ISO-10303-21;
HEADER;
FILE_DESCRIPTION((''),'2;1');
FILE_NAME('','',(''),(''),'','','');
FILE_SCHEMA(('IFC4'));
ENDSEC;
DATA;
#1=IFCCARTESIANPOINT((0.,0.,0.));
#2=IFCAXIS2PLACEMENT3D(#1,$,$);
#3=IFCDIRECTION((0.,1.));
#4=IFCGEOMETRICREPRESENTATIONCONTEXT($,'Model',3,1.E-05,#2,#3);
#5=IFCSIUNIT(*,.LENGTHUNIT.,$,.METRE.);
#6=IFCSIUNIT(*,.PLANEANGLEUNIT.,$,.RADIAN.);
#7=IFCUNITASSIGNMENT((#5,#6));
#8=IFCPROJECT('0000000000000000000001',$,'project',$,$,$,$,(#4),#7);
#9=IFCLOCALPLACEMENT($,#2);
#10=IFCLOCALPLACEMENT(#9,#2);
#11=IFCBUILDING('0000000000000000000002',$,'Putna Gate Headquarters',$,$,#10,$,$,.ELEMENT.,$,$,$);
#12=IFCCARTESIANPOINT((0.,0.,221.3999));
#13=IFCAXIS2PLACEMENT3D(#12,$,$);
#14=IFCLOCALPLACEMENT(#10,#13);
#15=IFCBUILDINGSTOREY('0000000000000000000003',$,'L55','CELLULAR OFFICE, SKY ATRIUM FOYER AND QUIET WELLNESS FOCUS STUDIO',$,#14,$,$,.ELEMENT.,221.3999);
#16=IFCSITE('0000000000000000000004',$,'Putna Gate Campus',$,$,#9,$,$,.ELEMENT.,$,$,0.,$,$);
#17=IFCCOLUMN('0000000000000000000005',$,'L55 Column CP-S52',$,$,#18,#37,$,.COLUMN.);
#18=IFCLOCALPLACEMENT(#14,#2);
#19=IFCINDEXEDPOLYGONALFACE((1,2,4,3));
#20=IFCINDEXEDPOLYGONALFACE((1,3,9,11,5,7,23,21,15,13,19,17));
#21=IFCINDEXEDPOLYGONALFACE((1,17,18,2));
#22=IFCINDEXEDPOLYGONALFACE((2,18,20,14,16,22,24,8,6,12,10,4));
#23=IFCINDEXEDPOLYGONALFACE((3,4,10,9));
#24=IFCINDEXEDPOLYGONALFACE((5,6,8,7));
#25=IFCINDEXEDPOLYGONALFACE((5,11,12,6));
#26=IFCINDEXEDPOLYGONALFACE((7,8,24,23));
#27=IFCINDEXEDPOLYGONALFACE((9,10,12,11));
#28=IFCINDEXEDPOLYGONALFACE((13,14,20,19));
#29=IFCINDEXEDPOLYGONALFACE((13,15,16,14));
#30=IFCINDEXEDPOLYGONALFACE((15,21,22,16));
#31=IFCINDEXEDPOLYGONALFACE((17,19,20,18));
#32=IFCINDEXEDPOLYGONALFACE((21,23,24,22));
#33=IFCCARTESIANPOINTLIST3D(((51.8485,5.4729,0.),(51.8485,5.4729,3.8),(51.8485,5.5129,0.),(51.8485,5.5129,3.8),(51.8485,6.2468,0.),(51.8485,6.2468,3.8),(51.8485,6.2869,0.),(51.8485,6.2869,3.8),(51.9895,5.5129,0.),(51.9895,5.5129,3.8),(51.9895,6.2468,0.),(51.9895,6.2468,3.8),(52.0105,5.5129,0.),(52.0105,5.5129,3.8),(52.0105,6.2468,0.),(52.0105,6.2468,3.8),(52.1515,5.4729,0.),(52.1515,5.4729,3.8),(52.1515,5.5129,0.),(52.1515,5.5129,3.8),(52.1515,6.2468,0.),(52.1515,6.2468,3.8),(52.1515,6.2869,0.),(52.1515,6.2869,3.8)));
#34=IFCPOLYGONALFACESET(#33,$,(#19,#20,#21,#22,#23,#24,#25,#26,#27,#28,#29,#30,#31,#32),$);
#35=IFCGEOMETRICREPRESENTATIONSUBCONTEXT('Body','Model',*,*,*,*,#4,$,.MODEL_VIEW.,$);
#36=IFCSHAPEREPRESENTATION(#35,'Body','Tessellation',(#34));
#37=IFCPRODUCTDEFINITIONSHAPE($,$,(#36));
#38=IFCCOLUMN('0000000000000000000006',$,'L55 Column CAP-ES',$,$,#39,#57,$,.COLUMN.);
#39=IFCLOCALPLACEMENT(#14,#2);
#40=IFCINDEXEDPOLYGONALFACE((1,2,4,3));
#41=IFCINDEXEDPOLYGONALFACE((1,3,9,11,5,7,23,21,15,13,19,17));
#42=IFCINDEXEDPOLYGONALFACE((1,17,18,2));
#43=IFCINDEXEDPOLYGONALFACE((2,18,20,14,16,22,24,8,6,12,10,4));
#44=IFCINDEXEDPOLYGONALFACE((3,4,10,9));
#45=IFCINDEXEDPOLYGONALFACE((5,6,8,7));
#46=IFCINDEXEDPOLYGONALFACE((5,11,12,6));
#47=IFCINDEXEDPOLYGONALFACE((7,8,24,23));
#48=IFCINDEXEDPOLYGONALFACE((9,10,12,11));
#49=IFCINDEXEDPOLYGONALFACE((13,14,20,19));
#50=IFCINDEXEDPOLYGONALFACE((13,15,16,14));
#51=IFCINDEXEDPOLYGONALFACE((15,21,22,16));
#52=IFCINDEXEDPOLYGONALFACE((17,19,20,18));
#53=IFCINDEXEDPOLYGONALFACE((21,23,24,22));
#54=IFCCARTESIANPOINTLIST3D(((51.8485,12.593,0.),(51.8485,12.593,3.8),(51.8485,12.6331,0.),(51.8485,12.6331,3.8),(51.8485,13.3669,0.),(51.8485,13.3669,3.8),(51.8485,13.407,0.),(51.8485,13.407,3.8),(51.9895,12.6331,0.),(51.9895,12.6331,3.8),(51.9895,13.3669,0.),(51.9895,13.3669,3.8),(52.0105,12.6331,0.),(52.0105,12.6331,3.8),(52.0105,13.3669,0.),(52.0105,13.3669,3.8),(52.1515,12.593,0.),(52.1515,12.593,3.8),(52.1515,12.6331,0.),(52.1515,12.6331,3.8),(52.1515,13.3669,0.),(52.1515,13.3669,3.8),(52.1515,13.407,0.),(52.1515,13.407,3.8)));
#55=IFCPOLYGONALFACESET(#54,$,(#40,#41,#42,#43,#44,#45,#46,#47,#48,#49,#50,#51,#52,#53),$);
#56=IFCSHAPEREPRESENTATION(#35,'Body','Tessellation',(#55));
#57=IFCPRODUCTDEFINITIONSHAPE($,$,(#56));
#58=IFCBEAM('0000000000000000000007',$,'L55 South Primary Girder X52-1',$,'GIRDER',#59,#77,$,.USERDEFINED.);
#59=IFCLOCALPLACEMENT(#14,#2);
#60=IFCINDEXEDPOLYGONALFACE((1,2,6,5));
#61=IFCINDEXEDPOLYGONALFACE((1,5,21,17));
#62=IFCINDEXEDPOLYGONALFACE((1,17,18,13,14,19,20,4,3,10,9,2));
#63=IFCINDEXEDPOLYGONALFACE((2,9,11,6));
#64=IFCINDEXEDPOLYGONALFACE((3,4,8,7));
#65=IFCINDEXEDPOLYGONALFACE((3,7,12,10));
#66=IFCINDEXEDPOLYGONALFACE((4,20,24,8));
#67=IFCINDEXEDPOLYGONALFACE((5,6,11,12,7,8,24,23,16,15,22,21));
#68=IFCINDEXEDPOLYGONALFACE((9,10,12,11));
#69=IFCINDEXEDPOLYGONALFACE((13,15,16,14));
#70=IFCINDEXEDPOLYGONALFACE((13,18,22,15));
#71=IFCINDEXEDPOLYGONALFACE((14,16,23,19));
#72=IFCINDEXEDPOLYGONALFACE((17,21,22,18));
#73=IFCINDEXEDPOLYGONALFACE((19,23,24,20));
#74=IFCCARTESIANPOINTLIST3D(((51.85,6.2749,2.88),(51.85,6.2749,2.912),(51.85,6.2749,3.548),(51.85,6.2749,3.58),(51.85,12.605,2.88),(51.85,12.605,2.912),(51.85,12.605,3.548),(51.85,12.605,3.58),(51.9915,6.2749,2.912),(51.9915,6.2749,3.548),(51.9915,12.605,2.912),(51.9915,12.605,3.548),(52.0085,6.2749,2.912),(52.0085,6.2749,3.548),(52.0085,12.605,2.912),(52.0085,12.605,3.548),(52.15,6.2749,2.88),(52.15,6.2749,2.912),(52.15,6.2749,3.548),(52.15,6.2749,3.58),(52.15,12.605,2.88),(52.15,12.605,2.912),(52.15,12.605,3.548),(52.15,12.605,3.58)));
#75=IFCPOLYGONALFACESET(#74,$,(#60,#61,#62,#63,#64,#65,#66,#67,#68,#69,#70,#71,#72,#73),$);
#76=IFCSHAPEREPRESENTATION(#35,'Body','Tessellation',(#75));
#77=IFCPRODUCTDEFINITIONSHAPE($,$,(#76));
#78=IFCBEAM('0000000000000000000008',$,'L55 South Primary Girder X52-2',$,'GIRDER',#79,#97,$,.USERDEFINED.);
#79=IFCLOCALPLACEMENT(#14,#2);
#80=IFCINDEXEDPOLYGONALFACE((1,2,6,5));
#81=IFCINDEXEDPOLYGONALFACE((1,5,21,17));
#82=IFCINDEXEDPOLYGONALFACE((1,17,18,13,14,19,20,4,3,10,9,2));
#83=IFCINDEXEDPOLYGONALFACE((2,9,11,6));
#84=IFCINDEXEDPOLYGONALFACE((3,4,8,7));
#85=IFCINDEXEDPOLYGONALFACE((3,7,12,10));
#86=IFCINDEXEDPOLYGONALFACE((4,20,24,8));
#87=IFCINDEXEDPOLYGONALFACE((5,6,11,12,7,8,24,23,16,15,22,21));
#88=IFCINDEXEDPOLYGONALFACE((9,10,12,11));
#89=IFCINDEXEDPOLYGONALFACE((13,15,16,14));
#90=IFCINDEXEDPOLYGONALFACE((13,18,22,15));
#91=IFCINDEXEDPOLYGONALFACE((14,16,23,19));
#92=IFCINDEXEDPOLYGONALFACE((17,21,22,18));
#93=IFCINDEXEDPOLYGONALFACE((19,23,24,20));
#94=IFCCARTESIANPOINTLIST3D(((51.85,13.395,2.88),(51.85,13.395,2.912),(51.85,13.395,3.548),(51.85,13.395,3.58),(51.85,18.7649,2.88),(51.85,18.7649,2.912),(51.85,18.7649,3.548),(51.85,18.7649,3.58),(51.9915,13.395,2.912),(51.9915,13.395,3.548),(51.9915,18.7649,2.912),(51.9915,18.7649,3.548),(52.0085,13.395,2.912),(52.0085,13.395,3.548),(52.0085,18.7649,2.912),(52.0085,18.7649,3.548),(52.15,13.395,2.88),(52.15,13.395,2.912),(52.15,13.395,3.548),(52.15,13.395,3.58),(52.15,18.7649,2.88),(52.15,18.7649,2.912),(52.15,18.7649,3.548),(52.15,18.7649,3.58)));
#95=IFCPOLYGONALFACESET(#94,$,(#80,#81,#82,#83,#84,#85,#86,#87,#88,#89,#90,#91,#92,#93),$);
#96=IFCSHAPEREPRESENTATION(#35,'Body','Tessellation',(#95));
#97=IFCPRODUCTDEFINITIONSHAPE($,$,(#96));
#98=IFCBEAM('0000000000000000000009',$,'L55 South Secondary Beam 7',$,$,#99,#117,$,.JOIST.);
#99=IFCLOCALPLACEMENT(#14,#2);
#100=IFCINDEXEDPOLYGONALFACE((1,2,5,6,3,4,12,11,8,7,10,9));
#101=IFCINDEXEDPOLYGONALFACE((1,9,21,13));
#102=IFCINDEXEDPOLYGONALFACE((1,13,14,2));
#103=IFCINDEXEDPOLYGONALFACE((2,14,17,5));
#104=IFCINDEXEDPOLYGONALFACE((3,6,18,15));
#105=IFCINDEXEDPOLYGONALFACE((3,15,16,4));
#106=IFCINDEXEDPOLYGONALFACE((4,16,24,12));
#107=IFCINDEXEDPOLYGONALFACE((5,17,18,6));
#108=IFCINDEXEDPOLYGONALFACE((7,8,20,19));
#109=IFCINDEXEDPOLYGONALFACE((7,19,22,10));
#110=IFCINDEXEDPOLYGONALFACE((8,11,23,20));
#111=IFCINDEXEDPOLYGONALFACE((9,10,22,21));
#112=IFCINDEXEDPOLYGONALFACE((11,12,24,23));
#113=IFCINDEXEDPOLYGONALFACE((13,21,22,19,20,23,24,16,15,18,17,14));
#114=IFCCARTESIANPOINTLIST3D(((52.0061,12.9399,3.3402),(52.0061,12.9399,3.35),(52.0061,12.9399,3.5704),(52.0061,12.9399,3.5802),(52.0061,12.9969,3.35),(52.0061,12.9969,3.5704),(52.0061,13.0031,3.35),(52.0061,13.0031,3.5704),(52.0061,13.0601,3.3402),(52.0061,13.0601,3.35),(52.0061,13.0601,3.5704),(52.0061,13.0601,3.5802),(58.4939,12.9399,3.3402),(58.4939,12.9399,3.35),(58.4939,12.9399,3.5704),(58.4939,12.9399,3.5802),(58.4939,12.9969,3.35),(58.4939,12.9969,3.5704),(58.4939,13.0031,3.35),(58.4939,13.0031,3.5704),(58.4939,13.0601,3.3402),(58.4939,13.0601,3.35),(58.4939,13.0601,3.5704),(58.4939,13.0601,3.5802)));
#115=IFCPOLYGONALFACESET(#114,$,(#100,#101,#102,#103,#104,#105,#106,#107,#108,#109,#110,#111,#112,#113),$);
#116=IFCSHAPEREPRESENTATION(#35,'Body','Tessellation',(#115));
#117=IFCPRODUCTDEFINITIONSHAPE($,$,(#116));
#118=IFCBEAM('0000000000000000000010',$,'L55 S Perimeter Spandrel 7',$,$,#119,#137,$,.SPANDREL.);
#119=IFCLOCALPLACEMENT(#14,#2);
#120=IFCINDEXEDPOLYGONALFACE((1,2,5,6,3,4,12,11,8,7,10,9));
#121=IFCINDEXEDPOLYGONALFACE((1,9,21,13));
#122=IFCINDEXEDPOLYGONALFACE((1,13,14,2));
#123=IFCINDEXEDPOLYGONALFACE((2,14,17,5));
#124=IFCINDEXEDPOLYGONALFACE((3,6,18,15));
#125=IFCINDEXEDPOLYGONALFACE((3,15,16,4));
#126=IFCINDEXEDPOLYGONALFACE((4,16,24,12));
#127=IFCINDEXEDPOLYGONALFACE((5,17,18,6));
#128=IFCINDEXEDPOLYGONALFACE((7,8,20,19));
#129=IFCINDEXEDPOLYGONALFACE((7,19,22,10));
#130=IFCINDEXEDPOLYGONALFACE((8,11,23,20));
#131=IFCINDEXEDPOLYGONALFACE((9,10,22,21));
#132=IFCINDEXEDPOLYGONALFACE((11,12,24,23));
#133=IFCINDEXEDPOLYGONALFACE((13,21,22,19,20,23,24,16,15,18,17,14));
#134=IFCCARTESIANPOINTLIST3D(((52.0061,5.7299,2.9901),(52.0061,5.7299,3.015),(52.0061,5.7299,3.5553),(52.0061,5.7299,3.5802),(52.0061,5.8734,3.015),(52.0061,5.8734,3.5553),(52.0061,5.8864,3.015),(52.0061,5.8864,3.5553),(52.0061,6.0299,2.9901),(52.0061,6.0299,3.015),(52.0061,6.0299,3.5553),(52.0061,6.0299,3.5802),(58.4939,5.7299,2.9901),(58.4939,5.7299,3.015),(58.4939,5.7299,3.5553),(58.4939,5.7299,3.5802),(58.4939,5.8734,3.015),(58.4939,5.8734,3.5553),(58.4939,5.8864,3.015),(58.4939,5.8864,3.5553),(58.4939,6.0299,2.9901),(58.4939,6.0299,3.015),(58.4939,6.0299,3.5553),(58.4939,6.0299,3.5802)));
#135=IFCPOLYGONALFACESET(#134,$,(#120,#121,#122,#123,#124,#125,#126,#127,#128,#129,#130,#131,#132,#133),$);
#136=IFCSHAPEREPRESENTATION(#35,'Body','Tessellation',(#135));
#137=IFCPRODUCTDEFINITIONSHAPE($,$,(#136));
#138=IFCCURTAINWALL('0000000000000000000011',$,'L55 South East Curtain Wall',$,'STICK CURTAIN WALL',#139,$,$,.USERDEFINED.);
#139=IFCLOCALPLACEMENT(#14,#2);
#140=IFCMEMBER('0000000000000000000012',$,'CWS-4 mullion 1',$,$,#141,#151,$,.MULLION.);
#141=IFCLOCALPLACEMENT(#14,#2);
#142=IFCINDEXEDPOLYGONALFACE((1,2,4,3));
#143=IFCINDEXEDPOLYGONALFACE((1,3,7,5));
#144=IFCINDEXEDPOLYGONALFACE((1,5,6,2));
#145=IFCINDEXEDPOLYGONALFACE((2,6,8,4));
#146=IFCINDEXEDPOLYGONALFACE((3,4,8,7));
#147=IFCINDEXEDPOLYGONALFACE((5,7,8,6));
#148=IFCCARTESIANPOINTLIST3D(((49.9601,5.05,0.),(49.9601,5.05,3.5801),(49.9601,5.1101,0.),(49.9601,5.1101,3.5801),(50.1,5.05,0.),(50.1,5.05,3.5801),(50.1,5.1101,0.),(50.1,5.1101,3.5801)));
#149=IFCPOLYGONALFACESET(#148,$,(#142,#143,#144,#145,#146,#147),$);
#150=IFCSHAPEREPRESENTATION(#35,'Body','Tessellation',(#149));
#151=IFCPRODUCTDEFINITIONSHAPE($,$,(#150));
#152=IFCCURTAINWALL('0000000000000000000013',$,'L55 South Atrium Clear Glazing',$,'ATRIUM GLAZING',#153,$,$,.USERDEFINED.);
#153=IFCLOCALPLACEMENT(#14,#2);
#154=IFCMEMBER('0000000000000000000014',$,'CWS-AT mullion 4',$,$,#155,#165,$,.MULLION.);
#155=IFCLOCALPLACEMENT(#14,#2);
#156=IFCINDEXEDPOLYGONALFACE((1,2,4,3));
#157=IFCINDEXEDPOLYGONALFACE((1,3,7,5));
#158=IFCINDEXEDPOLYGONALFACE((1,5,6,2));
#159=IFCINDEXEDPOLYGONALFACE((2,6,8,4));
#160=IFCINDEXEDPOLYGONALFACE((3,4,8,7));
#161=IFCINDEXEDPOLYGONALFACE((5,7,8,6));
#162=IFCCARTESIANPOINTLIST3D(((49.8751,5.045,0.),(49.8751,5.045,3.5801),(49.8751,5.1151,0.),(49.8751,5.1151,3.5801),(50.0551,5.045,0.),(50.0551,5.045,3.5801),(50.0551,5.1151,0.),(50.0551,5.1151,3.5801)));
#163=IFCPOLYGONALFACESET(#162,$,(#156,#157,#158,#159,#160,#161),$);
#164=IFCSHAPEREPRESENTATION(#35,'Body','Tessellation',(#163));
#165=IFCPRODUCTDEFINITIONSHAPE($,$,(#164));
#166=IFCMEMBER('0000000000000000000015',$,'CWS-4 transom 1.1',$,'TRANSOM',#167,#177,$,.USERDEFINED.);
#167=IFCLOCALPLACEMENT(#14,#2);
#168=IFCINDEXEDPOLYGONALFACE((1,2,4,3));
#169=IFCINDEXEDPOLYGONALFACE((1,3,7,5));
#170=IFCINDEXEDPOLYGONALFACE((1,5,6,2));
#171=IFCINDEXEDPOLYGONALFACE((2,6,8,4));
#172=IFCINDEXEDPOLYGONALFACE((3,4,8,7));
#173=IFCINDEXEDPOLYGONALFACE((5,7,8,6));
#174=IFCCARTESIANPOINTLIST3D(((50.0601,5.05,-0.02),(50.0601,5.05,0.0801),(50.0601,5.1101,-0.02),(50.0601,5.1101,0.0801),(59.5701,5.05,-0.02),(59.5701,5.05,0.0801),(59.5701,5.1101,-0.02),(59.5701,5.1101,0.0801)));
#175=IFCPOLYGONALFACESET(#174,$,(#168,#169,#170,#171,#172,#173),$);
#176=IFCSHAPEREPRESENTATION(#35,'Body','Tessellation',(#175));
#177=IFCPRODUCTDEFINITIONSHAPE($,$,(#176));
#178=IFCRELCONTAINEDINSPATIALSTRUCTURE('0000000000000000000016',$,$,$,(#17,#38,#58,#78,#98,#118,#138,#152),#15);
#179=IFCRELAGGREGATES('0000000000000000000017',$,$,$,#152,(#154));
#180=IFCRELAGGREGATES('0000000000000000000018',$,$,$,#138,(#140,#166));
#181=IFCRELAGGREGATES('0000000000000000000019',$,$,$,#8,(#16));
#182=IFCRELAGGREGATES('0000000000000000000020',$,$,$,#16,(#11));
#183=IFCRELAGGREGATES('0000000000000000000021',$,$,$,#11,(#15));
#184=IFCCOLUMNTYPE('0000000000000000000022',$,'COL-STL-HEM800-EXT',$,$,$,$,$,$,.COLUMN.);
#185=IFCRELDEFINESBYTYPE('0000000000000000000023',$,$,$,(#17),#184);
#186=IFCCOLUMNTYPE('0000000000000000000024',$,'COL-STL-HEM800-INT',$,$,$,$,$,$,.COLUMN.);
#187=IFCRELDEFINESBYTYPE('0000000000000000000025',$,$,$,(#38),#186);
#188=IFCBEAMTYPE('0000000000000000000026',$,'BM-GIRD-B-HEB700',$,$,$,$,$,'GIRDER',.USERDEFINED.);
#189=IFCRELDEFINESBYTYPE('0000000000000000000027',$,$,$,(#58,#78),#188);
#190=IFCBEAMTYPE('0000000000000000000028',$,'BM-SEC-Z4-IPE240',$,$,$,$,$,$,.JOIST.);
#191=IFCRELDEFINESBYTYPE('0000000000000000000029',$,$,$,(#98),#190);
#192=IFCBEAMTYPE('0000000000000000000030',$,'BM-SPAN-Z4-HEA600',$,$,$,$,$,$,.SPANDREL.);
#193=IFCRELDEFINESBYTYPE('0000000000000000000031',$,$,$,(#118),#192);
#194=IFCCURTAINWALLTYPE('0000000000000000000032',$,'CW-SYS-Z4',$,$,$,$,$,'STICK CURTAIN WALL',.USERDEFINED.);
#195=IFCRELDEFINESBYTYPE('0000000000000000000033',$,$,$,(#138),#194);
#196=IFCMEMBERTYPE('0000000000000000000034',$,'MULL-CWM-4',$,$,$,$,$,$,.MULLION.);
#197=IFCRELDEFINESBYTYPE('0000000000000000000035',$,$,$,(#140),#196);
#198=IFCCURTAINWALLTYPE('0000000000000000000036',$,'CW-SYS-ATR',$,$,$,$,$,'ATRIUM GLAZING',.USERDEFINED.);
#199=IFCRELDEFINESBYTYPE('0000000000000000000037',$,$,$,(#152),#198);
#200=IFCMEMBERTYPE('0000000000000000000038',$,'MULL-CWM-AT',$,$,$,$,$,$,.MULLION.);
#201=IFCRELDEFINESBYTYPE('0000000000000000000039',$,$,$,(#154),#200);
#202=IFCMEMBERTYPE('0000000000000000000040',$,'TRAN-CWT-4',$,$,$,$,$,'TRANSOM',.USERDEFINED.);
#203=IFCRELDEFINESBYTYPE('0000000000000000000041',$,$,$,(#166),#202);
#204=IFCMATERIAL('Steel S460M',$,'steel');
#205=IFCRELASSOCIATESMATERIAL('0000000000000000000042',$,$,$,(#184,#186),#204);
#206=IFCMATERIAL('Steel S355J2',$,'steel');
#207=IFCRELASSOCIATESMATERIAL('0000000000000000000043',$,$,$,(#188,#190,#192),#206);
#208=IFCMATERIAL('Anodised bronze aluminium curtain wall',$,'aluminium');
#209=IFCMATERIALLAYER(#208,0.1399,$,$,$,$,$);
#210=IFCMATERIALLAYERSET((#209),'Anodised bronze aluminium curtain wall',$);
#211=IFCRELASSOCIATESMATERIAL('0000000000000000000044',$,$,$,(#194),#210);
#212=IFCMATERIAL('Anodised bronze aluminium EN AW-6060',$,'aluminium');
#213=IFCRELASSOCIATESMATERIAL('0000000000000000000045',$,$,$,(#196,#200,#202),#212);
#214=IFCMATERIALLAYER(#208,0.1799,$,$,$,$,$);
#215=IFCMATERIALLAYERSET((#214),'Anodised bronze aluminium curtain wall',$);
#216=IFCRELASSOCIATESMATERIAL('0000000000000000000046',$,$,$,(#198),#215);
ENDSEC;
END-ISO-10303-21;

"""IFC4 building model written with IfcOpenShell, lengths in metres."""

from ifc_helpers import new_model, si_unit, direction, frame, origin, origin_2d, place, context, subcontext, project, spatial, rectangle, i_section, extrude, material, layer, layer_set, material_profile, profile_set, type_object, element, aggregate, save


model = new_model("IFC4")

# Units and contexts
model_context = context("Model", 3, precision=1e-05, world=origin(), true_north=direction((0.0, 1.0)))
body_context = subcontext(model_context, "Body", "Model", "MODEL_VIEW")
ifc_project = project(units=[si_unit("LENGTHUNIT", "METRE"), si_unit("PLANEANGLEUNIT", "RADIAN")], contexts=[model_context])

# Site, building, storey
site_placement = place(None, origin())
site = spatial("IfcSite", under=ifc_project, at=site_placement, Name="Putna Gate Campus", CompositionType="ELEMENT", RefElevation=0.0)
building_placement = place(site_placement, origin())
building = spatial("IfcBuilding", under=site, at=building_placement, Name="Putna Gate Headquarters", CompositionType="ELEMENT")
storey_placement = place(building_placement, frame((0.0, 0.0, 221.3999)))
storey = spatial("IfcBuildingStorey", under=building, at=storey_placement, Name="L55", Description="CELLULAR OFFICE, SKY ATRIUM FOYER AND QUIET WELLNESS FOCUS STUDIO", CompositionType="ELEMENT", Elevation=221.3999)

# Columns
ifc_material_1 = material(Name="Steel S460M", Category="steel")
ifc_material_profile_1 = material_profile(ifc_material_1, i_section(OverallWidth=0.303, OverallDepth=0.814, WebThickness=0.021, FlangeThickness=0.04, at=origin_2d()), Name="Steel S460M")
ifc_profile_set_1 = profile_set([ifc_material_profile_1], Name="Steel S460M")
column_type_1 = type_object("IfcColumnType", Name="COL-STL-HEM800-EXT", PredefinedType="COLUMN", material=ifc_profile_set_1)
column_1_placement = place(storey_placement, frame((52.0, 5.8799, 0.0), z_axis=(0.0, 0.0, 1.0), x_axis=(1.0, 0.0, 0.0)))
element("IfcColumn", 1, at=column_1_placement, inside=storey, type_object=column_type_1, Name="L55 Column CP-S52", PredefinedType="COLUMN", context=body_context, shape_type="SweptSolid", body=[
    extrude(i_section(OverallWidth=0.303, OverallDepth=0.814, WebThickness=0.021, FlangeThickness=0.04, at=origin_2d()), origin(), (0.0, 0.0, 1.0), 3.8),
])
ifc_material_profile_2 = material_profile(ifc_material_1, i_section(OverallWidth=0.303, OverallDepth=0.814, WebThickness=0.021, FlangeThickness=0.04, at=origin_2d()), Name="Steel S460M")
ifc_profile_set_2 = profile_set([ifc_material_profile_2], Name="Steel S460M")
column_type_2 = type_object("IfcColumnType", Name="COL-STL-HEM800-INT", PredefinedType="COLUMN", material=ifc_profile_set_2)
column_2_placement = place(storey_placement, frame((52.0, 13.0, 0.0), z_axis=(0.0, 0.0, 1.0), x_axis=(1.0, 0.0, 0.0)))
element("IfcColumn", 2, at=column_2_placement, inside=storey, type_object=column_type_2, Name="L55 Column CAP-ES", PredefinedType="COLUMN", context=body_context, shape_type="SweptSolid", body=[
    extrude(i_section(OverallWidth=0.303, OverallDepth=0.814, WebThickness=0.021, FlangeThickness=0.04, at=origin_2d()), origin(), (0.0, 0.0, 1.0), 3.8),
])

# Beams
ifc_material_2 = material(Name="Steel S355J2", Category="steel")
ifc_material_profile_3 = material_profile(ifc_material_2, i_section(OverallWidth=0.3, OverallDepth=0.7, WebThickness=0.0171, FlangeThickness=0.032, at=origin_2d()), Name="Steel S355J2")
ifc_profile_set_3 = profile_set([ifc_material_profile_3], Name="Steel S355J2")
beam_type_1 = type_object("IfcBeamType", Name="BM-GIRD-B-HEB700", ElementType="GIRDER", PredefinedType="USERDEFINED", material=ifc_profile_set_3)
beam_1_placement = place(storey_placement, frame((52.0, 6.2749, 3.23), z_axis=(0.0, 1.0, 0.0), x_axis=(-1.0, 0.0, 0.0)))
element("IfcBeam", 3, at=beam_1_placement, inside=storey, type_object=beam_type_1, Name="L55 South Primary Girder X52-1", ObjectType="GIRDER", PredefinedType="USERDEFINED", context=body_context, shape_type="SweptSolid", body=[
    extrude(i_section(OverallWidth=0.3, OverallDepth=0.7, WebThickness=0.0171, FlangeThickness=0.032, at=origin_2d()), origin(), (0.0, 0.0, 1.0), 6.3301),
])
beam_2_placement = place(storey_placement, frame((52.0, 13.395, 3.23), z_axis=(0.0, 1.0, 0.0), x_axis=(-1.0, 0.0, 0.0)))
element("IfcBeam", 4, at=beam_2_placement, inside=storey, type_object=beam_type_1, Name="L55 South Primary Girder X52-2", ObjectType="GIRDER", PredefinedType="USERDEFINED", context=body_context, shape_type="SweptSolid", body=[
    extrude(i_section(OverallWidth=0.3, OverallDepth=0.7, WebThickness=0.0171, FlangeThickness=0.032, at=origin_2d()), origin(), (0.0, 0.0, 1.0), 5.3699),
])
ifc_material_profile_4 = material_profile(ifc_material_2, i_section(OverallWidth=0.1201, OverallDepth=0.24, WebThickness=0.0061, FlangeThickness=0.0098, at=origin_2d()), Name="Steel S355J2")
ifc_profile_set_4 = profile_set([ifc_material_profile_4], Name="Steel S355J2")
beam_type_2 = type_object("IfcBeamType", Name="BM-SEC-Z4-IPE240", PredefinedType="JOIST", material=ifc_profile_set_4)
beam_3_placement = place(storey_placement, frame((52.0061, 13.0, 3.4602), z_axis=(1.0, 0.0, 0.0), x_axis=(0.0, 1.0, 0.0)))
element("IfcBeam", 5, at=beam_3_placement, inside=storey, type_object=beam_type_2, Name="L55 South Secondary Beam 7", PredefinedType="JOIST", context=body_context, shape_type="SweptSolid", body=[
    extrude(i_section(OverallWidth=0.1201, OverallDepth=0.24, WebThickness=0.0061, FlangeThickness=0.0098, at=origin_2d()), origin(), (0.0, 0.0, 1.0), 6.4878),
])
ifc_material_profile_5 = material_profile(ifc_material_2, i_section(OverallWidth=0.3, OverallDepth=0.5901, WebThickness=0.0129, FlangeThickness=0.0249, at=origin_2d()), Name="Steel S355J2")
ifc_profile_set_5 = profile_set([ifc_material_profile_5], Name="Steel S355J2")
beam_type_3 = type_object("IfcBeamType", Name="BM-SPAN-Z4-HEA600", PredefinedType="SPANDREL", material=ifc_profile_set_5)
beam_4_placement = place(storey_placement, frame((52.0061, 5.8799, 3.2852), z_axis=(1.0, 0.0, 0.0), x_axis=(0.0, 1.0, 0.0)))
element("IfcBeam", 6, at=beam_4_placement, inside=storey, type_object=beam_type_3, Name="L55 S Perimeter Spandrel 7", PredefinedType="SPANDREL", context=body_context, shape_type="SweptSolid", body=[
    extrude(i_section(OverallWidth=0.3, OverallDepth=0.5901, WebThickness=0.0129, FlangeThickness=0.0249, at=origin_2d()), origin(), (0.0, 0.0, 1.0), 6.4878),
])

# Curtain walls, members
ifc_material_3 = material(Name="Anodised bronze aluminium curtain wall", Category="aluminium")
ifc_layer_1 = layer(ifc_material_3, 0.1399)
ifc_layer_set_1 = layer_set([ifc_layer_1], Name="Anodised bronze aluminium curtain wall")
curtain_wall_type_1 = type_object("IfcCurtainWallType", Name="CW-SYS-Z4", ElementType="STICK CURTAIN WALL", PredefinedType="USERDEFINED", material=ifc_layer_set_1)
curtain_wall_1_placement = place(storey_placement, origin())
curtain_wall_1 = element("IfcCurtainWall", 7, at=curtain_wall_1_placement, inside=storey, type_object=curtain_wall_type_1, Name="L55 South East Curtain Wall", ObjectType="STICK CURTAIN WALL", PredefinedType="USERDEFINED")
ifc_material_4 = material(Name="Anodised bronze aluminium EN AW-6060", Category="aluminium")
ifc_material_profile_6 = material_profile(ifc_material_4, rectangle(XDim=0.0601, YDim=0.1399, at=origin_2d()), Name="Anodised bronze aluminium EN AW-6060")
ifc_profile_set_6 = profile_set([ifc_material_profile_6], Name="Anodised bronze aluminium EN AW-6060")
member_type_1 = type_object("IfcMemberType", Name="MULL-CWM-4", PredefinedType="MULLION", material=ifc_profile_set_6)
member_1_placement = place(storey_placement, frame((50.03, 5.0801, 0.0), z_axis=(0.0, 0.0, 1.0), x_axis=(0.0, 1.0, 0.0)))
member_1 = element("IfcMember", 8, at=member_1_placement, type_object=member_type_1, Name="CWS-4 mullion 1", PredefinedType="MULLION", context=body_context, shape_type="SweptSolid", body=[
    extrude(rectangle(XDim=0.0601, YDim=0.1399, at=origin_2d()), origin(), (0.0, 0.0, 1.0), 3.5801),
])
ifc_layer_2 = layer(ifc_material_3, 0.1799)
ifc_layer_set_2 = layer_set([ifc_layer_2], Name="Anodised bronze aluminium curtain wall")
curtain_wall_type_2 = type_object("IfcCurtainWallType", Name="CW-SYS-ATR", ElementType="ATRIUM GLAZING", PredefinedType="USERDEFINED", material=ifc_layer_set_2)
curtain_wall_2_placement = place(storey_placement, origin())
curtain_wall_2 = element("IfcCurtainWall", 9, at=curtain_wall_2_placement, inside=storey, type_object=curtain_wall_type_2, Name="L55 South Atrium Clear Glazing", ObjectType="ATRIUM GLAZING", PredefinedType="USERDEFINED")
ifc_material_profile_7 = material_profile(ifc_material_4, rectangle(XDim=0.0701, YDim=0.1799, at=origin_2d()), Name="Anodised bronze aluminium EN AW-6060")
ifc_profile_set_7 = profile_set([ifc_material_profile_7], Name="Anodised bronze aluminium EN AW-6060")
member_type_2 = type_object("IfcMemberType", Name="MULL-CWM-AT", PredefinedType="MULLION", material=ifc_profile_set_7)
member_2_placement = place(storey_placement, frame((49.9651, 5.0801, 0.0), z_axis=(0.0, 0.0, 1.0), x_axis=(0.0, 1.0, 0.0)))
member_2 = element("IfcMember", 10, at=member_2_placement, type_object=member_type_2, Name="CWS-AT mullion 4", PredefinedType="MULLION", context=body_context, shape_type="SweptSolid", body=[
    extrude(rectangle(XDim=0.0701, YDim=0.1799, at=origin_2d()), origin(), (0.0, 0.0, 1.0), 3.5801),
])
aggregate(curtain_wall_2, [member_2])

# Member
ifc_material_profile_8 = material_profile(ifc_material_4, rectangle(XDim=0.0601, YDim=0.1001, at=origin_2d()), Name="Anodised bronze aluminium EN AW-6060")
ifc_profile_set_8 = profile_set([ifc_material_profile_8], Name="Anodised bronze aluminium EN AW-6060")
member_type_3 = type_object("IfcMemberType", Name="TRAN-CWT-4", ElementType="TRANSOM", PredefinedType="USERDEFINED", material=ifc_profile_set_8)
member_3_placement = place(storey_placement, frame((50.0601, 5.0801, 0.03), z_axis=(1.0, 0.0, 0.0), x_axis=(0.0, 1.0, 0.0)))
member_3 = element("IfcMember", 11, at=member_3_placement, type_object=member_type_3, Name="CWS-4 transom 1.1", ObjectType="TRANSOM", PredefinedType="USERDEFINED", context=body_context, shape_type="SweptSolid", body=[
    extrude(rectangle(XDim=0.0601, YDim=0.1001, at=origin_2d()), origin(), (0.0, 0.0, 1.0), 9.51),
])

aggregate(curtain_wall_1, [member_1, member_3])

save(model, "model.ifc")
